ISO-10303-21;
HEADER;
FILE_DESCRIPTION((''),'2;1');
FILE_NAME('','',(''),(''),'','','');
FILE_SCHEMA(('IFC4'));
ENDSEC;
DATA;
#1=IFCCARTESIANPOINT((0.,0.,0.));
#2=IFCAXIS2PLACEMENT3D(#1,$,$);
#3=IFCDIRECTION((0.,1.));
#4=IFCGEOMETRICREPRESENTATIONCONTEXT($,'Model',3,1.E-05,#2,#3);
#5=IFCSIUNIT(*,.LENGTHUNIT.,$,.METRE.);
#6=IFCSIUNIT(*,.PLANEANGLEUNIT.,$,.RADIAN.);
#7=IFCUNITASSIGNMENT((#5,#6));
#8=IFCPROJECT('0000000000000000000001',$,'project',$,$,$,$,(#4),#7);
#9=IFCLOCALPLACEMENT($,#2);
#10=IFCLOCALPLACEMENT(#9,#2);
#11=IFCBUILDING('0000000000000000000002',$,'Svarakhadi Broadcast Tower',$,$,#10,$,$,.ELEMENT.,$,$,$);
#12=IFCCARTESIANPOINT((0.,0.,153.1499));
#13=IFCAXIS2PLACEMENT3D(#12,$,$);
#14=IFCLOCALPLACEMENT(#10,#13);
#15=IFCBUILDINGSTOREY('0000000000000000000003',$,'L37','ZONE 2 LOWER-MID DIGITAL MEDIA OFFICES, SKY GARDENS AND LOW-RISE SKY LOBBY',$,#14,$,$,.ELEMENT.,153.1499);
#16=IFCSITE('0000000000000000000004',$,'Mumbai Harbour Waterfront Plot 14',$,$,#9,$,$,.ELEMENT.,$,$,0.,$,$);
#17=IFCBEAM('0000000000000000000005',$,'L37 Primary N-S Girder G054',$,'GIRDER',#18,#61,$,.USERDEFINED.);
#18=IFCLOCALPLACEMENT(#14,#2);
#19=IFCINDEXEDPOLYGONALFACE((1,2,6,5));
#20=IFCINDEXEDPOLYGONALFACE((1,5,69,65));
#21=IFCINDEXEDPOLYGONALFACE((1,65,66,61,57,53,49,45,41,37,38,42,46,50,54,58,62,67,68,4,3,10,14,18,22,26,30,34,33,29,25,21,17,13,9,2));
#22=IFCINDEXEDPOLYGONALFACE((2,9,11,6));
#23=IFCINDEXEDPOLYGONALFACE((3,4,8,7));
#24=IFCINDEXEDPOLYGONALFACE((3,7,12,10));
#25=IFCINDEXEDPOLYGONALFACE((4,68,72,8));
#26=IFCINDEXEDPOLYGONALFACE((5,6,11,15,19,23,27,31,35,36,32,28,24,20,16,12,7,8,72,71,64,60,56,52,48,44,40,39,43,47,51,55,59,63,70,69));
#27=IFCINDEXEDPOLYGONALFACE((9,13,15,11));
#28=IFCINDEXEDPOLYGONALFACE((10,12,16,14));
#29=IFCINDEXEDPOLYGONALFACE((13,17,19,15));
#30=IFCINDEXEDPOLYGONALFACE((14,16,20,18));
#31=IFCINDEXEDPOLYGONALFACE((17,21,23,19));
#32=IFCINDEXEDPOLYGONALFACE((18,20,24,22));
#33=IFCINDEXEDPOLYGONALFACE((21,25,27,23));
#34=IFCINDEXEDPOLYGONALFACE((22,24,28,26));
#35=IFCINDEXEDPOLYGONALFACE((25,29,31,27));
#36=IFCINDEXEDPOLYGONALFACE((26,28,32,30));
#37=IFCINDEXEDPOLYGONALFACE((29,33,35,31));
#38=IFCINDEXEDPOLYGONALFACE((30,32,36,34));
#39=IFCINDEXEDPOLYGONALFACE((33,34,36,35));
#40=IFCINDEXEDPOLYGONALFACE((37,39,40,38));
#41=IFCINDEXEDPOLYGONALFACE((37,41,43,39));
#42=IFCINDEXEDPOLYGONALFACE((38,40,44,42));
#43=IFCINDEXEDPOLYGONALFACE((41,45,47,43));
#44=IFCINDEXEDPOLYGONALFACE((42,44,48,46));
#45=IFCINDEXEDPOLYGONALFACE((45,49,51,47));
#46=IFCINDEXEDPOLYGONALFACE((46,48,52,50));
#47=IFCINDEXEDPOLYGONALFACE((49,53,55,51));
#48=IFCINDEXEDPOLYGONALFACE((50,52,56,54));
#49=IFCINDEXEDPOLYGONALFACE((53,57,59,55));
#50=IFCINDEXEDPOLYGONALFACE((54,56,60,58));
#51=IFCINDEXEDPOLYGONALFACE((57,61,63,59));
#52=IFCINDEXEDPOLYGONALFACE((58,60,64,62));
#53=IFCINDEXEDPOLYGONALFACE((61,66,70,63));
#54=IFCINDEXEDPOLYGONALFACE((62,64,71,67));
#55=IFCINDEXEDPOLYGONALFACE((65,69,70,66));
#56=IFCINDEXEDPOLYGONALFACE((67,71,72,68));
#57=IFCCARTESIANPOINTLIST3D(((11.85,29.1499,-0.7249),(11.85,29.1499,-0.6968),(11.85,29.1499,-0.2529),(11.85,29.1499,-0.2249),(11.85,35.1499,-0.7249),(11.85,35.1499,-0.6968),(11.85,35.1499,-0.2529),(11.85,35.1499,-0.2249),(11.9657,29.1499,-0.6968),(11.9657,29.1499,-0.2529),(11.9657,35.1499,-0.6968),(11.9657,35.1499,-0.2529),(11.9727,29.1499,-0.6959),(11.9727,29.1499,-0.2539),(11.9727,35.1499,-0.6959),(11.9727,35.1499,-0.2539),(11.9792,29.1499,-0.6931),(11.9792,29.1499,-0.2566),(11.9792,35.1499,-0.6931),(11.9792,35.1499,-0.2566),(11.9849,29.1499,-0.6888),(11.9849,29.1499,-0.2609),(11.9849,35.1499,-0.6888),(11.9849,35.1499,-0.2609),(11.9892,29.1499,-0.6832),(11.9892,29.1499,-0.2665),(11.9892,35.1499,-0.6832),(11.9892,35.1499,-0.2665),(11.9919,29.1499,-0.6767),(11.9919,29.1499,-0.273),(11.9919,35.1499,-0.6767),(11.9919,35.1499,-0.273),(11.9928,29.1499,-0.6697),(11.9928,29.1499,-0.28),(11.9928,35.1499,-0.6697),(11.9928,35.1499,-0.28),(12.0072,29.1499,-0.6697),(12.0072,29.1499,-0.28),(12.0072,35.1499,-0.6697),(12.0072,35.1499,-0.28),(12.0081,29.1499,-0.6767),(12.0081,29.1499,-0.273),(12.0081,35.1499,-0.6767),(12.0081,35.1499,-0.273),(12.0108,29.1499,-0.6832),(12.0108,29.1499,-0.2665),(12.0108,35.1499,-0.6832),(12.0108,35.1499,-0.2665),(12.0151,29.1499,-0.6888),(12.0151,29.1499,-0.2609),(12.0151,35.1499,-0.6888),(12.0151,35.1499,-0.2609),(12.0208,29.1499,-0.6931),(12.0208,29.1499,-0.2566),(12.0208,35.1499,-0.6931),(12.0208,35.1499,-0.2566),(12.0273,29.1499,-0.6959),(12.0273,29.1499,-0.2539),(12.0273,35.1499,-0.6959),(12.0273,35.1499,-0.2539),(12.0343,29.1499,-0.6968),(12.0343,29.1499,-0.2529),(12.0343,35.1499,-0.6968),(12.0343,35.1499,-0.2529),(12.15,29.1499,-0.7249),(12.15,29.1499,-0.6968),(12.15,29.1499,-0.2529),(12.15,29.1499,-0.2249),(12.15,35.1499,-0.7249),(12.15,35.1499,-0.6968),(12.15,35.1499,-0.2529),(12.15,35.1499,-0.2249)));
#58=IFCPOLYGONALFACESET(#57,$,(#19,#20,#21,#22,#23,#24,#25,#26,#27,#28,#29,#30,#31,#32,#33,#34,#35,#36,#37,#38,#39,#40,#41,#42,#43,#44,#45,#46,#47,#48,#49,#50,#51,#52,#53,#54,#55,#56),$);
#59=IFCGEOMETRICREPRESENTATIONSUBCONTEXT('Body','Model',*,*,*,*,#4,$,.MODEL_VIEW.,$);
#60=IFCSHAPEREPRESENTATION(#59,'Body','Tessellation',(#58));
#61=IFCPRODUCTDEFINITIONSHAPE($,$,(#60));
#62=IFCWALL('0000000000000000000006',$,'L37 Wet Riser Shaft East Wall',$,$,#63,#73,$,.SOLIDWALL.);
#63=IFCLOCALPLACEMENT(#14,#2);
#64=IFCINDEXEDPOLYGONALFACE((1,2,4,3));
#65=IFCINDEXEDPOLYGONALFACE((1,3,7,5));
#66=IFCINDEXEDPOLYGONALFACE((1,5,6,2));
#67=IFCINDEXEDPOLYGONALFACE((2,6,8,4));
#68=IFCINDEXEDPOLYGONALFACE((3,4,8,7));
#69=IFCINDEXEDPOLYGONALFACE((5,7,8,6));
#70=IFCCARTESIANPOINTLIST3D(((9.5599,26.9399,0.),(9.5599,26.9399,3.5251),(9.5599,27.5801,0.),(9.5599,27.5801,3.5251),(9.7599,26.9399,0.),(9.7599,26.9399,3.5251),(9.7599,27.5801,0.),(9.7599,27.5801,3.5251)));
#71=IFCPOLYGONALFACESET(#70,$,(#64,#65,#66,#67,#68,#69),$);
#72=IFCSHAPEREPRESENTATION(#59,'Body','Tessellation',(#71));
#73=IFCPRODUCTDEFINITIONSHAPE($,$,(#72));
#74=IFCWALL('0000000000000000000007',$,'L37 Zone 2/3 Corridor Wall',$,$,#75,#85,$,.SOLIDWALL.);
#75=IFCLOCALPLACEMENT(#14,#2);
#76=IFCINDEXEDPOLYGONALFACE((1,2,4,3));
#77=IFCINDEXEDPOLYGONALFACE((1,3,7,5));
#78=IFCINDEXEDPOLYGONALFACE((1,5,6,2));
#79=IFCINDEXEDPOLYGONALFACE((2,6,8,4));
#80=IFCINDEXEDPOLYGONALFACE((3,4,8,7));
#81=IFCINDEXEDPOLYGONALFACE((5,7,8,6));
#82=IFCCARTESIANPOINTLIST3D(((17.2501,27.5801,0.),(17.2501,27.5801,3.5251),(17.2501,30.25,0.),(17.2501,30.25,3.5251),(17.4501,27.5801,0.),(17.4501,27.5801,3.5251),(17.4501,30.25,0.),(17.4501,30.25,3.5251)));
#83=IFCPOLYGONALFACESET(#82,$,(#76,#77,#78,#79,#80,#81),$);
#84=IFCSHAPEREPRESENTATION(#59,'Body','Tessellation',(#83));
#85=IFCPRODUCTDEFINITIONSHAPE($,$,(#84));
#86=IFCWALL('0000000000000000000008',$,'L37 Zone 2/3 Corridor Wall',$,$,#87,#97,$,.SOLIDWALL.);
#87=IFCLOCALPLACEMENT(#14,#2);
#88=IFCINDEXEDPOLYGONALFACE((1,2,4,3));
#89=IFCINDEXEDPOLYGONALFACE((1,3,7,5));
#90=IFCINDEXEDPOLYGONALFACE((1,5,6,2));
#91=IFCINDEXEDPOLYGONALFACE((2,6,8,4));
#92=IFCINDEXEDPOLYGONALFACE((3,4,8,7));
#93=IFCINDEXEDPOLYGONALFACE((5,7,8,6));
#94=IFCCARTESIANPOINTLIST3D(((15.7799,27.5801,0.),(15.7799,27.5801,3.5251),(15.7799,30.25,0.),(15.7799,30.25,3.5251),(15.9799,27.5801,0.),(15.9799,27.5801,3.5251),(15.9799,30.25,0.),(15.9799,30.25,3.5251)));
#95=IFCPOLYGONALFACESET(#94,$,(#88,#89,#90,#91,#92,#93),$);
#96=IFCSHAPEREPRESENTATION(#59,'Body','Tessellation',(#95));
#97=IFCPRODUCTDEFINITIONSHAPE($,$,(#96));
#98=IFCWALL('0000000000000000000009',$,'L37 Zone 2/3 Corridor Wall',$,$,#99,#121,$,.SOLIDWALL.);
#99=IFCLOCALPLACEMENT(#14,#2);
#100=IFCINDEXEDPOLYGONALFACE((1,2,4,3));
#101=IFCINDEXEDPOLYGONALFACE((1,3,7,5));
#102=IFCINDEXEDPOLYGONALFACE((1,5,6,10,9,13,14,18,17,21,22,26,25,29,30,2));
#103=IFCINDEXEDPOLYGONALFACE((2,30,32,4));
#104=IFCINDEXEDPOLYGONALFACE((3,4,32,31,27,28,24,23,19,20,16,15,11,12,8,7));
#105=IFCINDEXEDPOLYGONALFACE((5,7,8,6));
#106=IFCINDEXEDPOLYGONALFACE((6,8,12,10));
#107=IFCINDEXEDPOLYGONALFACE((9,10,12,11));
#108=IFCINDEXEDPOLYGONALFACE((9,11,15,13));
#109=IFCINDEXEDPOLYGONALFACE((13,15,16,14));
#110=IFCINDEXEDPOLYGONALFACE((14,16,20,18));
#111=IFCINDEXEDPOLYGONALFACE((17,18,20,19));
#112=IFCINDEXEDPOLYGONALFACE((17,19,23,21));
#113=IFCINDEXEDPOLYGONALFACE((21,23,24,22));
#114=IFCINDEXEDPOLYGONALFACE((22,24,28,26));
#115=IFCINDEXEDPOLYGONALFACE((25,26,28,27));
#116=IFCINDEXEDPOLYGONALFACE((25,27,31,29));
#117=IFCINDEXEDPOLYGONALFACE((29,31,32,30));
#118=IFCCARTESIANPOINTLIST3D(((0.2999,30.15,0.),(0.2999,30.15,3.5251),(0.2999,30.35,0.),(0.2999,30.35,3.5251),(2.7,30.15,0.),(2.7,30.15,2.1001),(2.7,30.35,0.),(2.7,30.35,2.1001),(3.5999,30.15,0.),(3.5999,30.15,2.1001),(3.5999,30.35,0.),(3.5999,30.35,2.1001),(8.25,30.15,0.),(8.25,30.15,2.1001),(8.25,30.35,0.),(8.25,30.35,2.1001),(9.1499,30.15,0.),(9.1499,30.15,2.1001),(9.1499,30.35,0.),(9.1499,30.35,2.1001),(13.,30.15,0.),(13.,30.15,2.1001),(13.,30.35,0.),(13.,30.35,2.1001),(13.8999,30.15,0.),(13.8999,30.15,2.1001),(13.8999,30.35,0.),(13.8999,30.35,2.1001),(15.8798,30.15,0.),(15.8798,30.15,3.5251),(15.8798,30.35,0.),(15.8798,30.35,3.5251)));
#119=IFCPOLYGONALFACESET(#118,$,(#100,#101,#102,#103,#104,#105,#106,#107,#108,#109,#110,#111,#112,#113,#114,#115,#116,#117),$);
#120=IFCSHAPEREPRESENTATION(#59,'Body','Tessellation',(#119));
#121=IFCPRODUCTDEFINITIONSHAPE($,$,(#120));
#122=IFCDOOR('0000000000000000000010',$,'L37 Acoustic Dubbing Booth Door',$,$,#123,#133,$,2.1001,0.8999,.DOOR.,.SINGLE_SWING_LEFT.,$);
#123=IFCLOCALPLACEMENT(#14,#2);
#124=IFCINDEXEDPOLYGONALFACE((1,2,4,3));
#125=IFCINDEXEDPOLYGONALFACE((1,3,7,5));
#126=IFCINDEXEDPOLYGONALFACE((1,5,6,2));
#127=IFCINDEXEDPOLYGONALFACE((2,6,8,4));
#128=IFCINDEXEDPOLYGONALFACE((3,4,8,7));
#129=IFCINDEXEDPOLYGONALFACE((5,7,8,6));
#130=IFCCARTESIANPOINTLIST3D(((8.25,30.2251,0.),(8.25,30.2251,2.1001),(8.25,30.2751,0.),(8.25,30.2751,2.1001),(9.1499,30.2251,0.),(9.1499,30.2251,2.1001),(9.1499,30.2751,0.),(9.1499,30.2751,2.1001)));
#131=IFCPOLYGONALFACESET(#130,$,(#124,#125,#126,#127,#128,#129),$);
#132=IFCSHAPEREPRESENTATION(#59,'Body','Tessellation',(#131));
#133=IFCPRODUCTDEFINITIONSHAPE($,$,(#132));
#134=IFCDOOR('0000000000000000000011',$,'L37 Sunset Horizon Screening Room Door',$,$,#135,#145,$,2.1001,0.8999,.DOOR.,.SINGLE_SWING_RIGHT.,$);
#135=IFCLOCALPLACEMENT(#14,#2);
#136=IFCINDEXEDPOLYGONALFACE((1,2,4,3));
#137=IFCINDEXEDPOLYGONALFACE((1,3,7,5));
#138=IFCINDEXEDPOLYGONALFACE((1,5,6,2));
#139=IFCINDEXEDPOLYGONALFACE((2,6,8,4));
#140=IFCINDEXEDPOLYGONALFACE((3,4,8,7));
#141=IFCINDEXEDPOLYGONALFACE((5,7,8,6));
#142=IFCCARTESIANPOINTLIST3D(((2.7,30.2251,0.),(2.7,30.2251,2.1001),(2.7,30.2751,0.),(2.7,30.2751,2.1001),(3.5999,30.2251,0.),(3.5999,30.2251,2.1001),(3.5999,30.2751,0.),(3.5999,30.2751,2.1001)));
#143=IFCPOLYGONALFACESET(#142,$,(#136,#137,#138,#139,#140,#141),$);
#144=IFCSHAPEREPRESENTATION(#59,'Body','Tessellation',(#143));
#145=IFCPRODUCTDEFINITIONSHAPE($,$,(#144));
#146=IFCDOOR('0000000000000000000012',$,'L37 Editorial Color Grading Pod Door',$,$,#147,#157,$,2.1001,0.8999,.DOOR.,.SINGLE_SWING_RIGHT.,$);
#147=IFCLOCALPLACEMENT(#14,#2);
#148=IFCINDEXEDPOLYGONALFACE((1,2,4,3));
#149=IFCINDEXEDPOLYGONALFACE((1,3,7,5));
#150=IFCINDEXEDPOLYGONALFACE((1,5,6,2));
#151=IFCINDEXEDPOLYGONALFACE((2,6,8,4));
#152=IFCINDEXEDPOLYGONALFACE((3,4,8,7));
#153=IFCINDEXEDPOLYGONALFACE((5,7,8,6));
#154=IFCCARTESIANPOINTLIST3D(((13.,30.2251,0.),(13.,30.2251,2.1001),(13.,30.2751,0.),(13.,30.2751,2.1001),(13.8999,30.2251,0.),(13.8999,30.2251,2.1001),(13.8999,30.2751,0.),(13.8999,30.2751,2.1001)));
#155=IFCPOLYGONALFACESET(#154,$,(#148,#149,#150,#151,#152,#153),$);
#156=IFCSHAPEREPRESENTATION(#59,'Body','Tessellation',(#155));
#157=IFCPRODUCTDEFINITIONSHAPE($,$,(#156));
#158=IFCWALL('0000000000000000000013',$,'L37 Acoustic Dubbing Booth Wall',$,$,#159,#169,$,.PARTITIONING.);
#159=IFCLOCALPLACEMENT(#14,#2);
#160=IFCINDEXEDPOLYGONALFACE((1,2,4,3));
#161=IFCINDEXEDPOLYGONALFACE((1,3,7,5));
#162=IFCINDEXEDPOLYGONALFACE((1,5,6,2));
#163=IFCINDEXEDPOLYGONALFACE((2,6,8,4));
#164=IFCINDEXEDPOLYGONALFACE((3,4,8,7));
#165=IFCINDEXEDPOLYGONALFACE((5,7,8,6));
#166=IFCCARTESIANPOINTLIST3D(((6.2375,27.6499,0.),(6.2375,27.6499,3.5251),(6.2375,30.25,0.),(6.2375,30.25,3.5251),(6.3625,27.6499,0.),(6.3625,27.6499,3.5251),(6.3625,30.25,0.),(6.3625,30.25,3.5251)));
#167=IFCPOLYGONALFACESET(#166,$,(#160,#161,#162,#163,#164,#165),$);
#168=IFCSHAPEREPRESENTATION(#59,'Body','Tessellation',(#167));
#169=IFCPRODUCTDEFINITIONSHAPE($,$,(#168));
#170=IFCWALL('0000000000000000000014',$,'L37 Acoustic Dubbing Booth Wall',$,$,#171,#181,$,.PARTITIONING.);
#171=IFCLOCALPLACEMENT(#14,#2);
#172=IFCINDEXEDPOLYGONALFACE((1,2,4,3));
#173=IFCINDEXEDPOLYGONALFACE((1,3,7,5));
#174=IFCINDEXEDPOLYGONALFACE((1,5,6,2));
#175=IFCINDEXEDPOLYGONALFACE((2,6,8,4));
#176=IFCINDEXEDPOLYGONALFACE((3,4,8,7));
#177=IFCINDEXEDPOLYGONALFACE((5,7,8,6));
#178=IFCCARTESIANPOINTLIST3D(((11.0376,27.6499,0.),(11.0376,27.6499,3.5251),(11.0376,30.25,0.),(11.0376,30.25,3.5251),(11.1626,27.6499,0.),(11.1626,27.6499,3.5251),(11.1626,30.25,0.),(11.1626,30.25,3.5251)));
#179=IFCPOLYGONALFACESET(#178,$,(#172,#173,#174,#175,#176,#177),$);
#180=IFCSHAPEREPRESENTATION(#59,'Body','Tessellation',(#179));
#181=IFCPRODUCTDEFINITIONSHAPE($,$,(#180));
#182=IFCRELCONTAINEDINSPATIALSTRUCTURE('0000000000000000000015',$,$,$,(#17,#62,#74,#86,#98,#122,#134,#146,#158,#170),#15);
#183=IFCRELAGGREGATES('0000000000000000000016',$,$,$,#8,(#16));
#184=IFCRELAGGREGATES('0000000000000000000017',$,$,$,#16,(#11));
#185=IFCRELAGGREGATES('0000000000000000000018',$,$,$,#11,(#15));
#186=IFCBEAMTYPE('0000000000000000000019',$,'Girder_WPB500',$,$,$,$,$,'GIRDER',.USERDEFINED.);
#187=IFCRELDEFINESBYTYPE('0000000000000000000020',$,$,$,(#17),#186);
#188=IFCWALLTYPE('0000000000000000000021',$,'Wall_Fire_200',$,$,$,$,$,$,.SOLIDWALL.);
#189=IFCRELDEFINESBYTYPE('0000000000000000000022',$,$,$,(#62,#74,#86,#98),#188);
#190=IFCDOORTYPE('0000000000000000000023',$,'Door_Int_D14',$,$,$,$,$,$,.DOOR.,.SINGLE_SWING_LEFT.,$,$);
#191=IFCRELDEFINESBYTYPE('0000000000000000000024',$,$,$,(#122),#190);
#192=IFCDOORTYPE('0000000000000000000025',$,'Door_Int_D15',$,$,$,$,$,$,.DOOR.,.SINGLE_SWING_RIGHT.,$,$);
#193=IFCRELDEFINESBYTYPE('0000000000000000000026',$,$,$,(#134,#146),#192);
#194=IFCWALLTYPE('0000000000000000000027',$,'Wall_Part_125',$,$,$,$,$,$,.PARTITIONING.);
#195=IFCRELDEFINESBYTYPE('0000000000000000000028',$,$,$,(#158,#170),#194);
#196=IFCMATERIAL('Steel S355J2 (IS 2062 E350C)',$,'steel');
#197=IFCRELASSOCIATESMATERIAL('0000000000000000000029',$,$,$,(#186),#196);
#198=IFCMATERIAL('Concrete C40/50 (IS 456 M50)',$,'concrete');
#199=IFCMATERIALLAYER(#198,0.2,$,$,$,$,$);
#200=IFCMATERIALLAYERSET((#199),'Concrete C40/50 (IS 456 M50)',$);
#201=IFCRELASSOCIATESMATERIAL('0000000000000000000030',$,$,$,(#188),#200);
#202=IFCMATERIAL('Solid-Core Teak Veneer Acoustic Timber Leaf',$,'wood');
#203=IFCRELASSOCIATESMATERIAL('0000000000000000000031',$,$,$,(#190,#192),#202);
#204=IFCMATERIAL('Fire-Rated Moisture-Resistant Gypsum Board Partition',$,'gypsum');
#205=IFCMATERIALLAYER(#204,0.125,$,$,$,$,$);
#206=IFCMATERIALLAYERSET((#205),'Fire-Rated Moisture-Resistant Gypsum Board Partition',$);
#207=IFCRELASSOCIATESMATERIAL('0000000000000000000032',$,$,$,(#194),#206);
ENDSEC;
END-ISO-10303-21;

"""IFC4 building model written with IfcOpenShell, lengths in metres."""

from ifc_helpers import new_model, si_unit, direction, frame, frame_2d, origin, origin_2d, place, context, subcontext, project, spatial, rectangle, i_section, extrude, material, layer, layer_set, material_profile, profile_set, type_object, element, fill, save


model = new_model("IFC4")

# Units and contexts
model_context = context("Model", 3, precision=1e-05, world=origin(), true_north=direction((0.0, 1.0)))
body_context = subcontext(model_context, "Body", "Model", "MODEL_VIEW")
ifc_project = project(units=[si_unit("LENGTHUNIT", "METRE"), si_unit("PLANEANGLEUNIT", "RADIAN")], contexts=[model_context])

# Site, building, storey
site_placement = place(None, origin())
site = spatial("IfcSite", under=ifc_project, at=site_placement, Name="Mumbai Harbour Waterfront Plot 14", CompositionType="ELEMENT", RefElevation=0.0)
building_placement = place(site_placement, origin())
building = spatial("IfcBuilding", under=site, at=building_placement, Name="Svarakhadi Broadcast Tower", CompositionType="ELEMENT")
storey_placement = place(building_placement, frame((0.0, 0.0, 153.1499)))
storey = spatial("IfcBuildingStorey", under=building, at=storey_placement, Name="L37", Description="ZONE 2 LOWER-MID DIGITAL MEDIA OFFICES, SKY GARDENS AND LOW-RISE SKY LOBBY", CompositionType="ELEMENT", Elevation=153.1499)

# Beam
ifc_material_1 = material(Name="Steel S355J2 (IS 2062 E350C)", Category="steel")
ifc_material_profile_1 = material_profile(ifc_material_1, i_section(OverallWidth=0.3, OverallDepth=0.5, WebThickness=0.0144, FlangeThickness=0.0281, FilletRadius=0.0271, at=origin_2d()), Name="WPB 500x300x187")
ifc_profile_set_1 = profile_set([ifc_material_profile_1], Name="Steel S355J2 (IS 2062 E350C)")
beam_type_1 = type_object("IfcBeamType", Name="Girder_WPB500", ElementType="GIRDER", PredefinedType="USERDEFINED", material=ifc_profile_set_1)
for number, where, z_axis, x_axis, name in (
    (1, (12.0, 29.1499, -0.4749), (0.0, 1.0, 0.0), (-1.0, 0.0, 0.0), "L37 Primary N-S Girder G054"),
):
    element("IfcBeam", number, at=place(storey_placement, frame(where, z_axis=z_axis, x_axis=x_axis)), inside=storey, type_object=beam_type_1, Name=name, ObjectType="GIRDER", PredefinedType="USERDEFINED", context=body_context, shape_type="SweptSolid", body=[
        extrude(i_section(OverallWidth=0.3, OverallDepth=0.5, WebThickness=0.0144, FlangeThickness=0.0281, FilletRadius=0.0271, at=origin_2d()), origin(), (0.0, 0.0, 1.0), 6.0),
    ])

# Walls
ifc_material_2 = material(Name="Concrete C40/50 (IS 456 M50)", Category="concrete")
ifc_layer_1 = layer(ifc_material_2, 0.2)
ifc_layer_set_1 = layer_set([ifc_layer_1], Name="Concrete C40/50 (IS 456 M50)")
wall_type_1 = type_object("IfcWallType", Name="Wall_Fire_200", PredefinedType="SOLIDWALL", material=ifc_layer_set_1)
wall_1_placement = place(storey_placement, frame((9.6599, 26.9399, 0.0), z_axis=(0.0, 0.0, 1.0), x_axis=(0.0, 1.0, 0.0)))
element("IfcWall", 2, at=wall_1_placement, inside=storey, type_object=wall_type_1, Name="L37 Wet Riser Shaft East Wall", PredefinedType="SOLIDWALL", context=body_context, shape_type="SweptSolid", body=[
    extrude(rectangle(XDim=0.6401, YDim=0.2, at=frame_2d((0.3201, 0.0))), origin(), (0.0, 0.0, 1.0), 3.5251),
])
for number, where, z_axis, x_axis, name in (
    (3, (17.3501, 30.25, 0.0), (0.0, 0.0, 1.0), (0.0, -1.0, 0.0), "L37 Zone 2/3 Corridor Wall"),
    (4, (15.8799, 27.5801, 0.0), (0.0, 0.0, 1.0), (0.0, 1.0, 0.0), "L37 Zone 2/3 Corridor Wall"),
):
    element("IfcWall", number, at=place(storey_placement, frame(where, z_axis=z_axis, x_axis=x_axis)), inside=storey, type_object=wall_type_1, Name=name, PredefinedType="SOLIDWALL", context=body_context, shape_type="SweptSolid", body=[
        extrude(rectangle(XDim=2.6699, YDim=0.2, at=frame_2d((1.335, 0.0))), origin(), (0.0, 0.0, 1.0), 3.5251),
    ])

# Wall, openings, doors
wall_2_placement = place(storey_placement, frame((15.8799, 30.25, 0.0), z_axis=(0.0, 0.0, 1.0), x_axis=(-1.0, 0.0, 0.0)))
wall_2 = element("IfcWall", 5, at=wall_2_placement, inside=storey, type_object=wall_type_1, Name="L37 Zone 2/3 Corridor Wall", PredefinedType="SOLIDWALL", context=body_context, shape_type="SweptSolid", body=[
    extrude(rectangle(XDim=15.5798, YDim=0.2, at=frame_2d((7.79, 0.0))), origin(), (0.0, 0.0, 1.0), 3.5251),
])
opening_1_placement = place(wall_2_placement, frame((12.28, 0.0, 0.0)))
opening_1 = element("IfcOpeningElement", 6, at=opening_1_placement, cuts=wall_2, PredefinedType="OPENING", context=body_context, shape_type="SweptSolid", body=[
    extrude(rectangle(XDim=0.8999, YDim=2.1001, at=frame_2d((0.45, 1.05))), frame((0.0, 0.1099, 0.0), z_axis=(0.0, -1.0, 0.0), x_axis=(1.0, 0.0, 0.0)), (0.0, 0.0, 1.0), 0.22),
])
opening_2_placement = place(wall_2_placement, frame((6.73, 0.0, 0.0)))
opening_2 = element("IfcOpeningElement", 7, at=opening_2_placement, cuts=wall_2, PredefinedType="OPENING", context=body_context, shape_type="SweptSolid", body=[
    extrude(rectangle(XDim=0.8999, YDim=2.1001, at=frame_2d((0.45, 1.05))), frame((0.0, 0.1099, 0.0), z_axis=(0.0, -1.0, 0.0), x_axis=(1.0, 0.0, 0.0)), (0.0, 0.0, 1.0), 0.22),
])
opening_3_placement = place(wall_2_placement, frame((1.98, 0.0, 0.0)))
opening_3 = element("IfcOpeningElement", 8, at=opening_3_placement, cuts=wall_2, PredefinedType="OPENING", context=body_context, shape_type="SweptSolid", body=[
    extrude(rectangle(XDim=0.8999, YDim=2.1001, at=frame_2d((0.45, 1.05))), frame((0.0, 0.1099, 0.0), z_axis=(0.0, -1.0, 0.0), x_axis=(1.0, 0.0, 0.0)), (0.0, 0.0, 1.0), 0.22),
])
ifc_material_3 = material(Name="Solid-Core Teak Veneer Acoustic Timber Leaf", Category="wood")
door_type_1 = type_object("IfcDoorType", Name="Door_Int_D14", OperationType="SINGLE_SWING_LEFT", PredefinedType="DOOR", material=ifc_material_3)
door_1_placement = place(opening_2_placement, origin())
door_1 = element("IfcDoor", 9, at=door_1_placement, inside=storey, type_object=door_type_1, Name="L37 Acoustic Dubbing Booth Door", OperationType="SINGLE_SWING_LEFT", OverallHeight=2.1001, OverallWidth=0.8999, PredefinedType="DOOR", context=body_context, shape_type="SweptSolid", body=[
    extrude(rectangle(XDim=0.8999, YDim=2.1001, at=frame_2d((0.45, 1.05))), frame((0.0, 0.0249, 0.0), z_axis=(0.0, -1.0, 0.0), x_axis=(1.0, 0.0, 0.0)), (0.0, 0.0, 1.0), 0.05),
])
fill(opening_2, door_1)
door_type_2 = type_object("IfcDoorType", Name="Door_Int_D15", OperationType="SINGLE_SWING_RIGHT", PredefinedType="DOOR", material=ifc_material_3)
door_2_placement = place(opening_1_placement, origin())
door_2 = element("IfcDoor", 10, at=door_2_placement, inside=storey, type_object=door_type_2, Name="L37 Sunset Horizon Screening Room Door", OperationType="SINGLE_SWING_RIGHT", OverallHeight=2.1001, OverallWidth=0.8999, PredefinedType="DOOR", context=body_context, shape_type="SweptSolid", body=[
    extrude(rectangle(XDim=0.8999, YDim=2.1001, at=frame_2d((0.45, 1.05))), frame((0.0, 0.0249, 0.0), z_axis=(0.0, -1.0, 0.0), x_axis=(1.0, 0.0, 0.0)), (0.0, 0.0, 1.0), 0.05),
])
fill(opening_1, door_2)
door_3_placement = place(opening_3_placement, origin())
door_3 = element("IfcDoor", 11, at=door_3_placement, inside=storey, type_object=door_type_2, Name="L37 Editorial Color Grading Pod Door", OperationType="SINGLE_SWING_RIGHT", OverallHeight=2.1001, OverallWidth=0.8999, PredefinedType="DOOR", context=body_context, shape_type="SweptSolid", body=[
    extrude(rectangle(XDim=0.8999, YDim=2.1001, at=frame_2d((0.45, 1.05))), frame((0.0, 0.0249, 0.0), z_axis=(0.0, -1.0, 0.0), x_axis=(1.0, 0.0, 0.0)), (0.0, 0.0, 1.0), 0.05),
])
fill(opening_3, door_3)

# Walls
ifc_material_4 = material(Name="Fire-Rated Moisture-Resistant Gypsum Board Partition", Category="gypsum")
ifc_layer_2 = layer(ifc_material_4, 0.125)
ifc_layer_set_2 = layer_set([ifc_layer_2], Name="Fire-Rated Moisture-Resistant Gypsum Board Partition")
wall_type_2 = type_object("IfcWallType", Name="Wall_Part_125", PredefinedType="PARTITIONING", material=ifc_layer_set_2)
for number, where, z_axis, x_axis, name in (
    (12, (6.3, 27.6499, 0.0), (0.0, 0.0, 1.0), (0.0, 1.0, 0.0), "L37 Acoustic Dubbing Booth Wall"),
    (13, (11.1001, 27.6499, 0.0), (0.0, 0.0, 1.0), (0.0, 1.0, 0.0), "L37 Acoustic Dubbing Booth Wall"),
):
    element("IfcWall", number, at=place(storey_placement, frame(where, z_axis=z_axis, x_axis=x_axis)), inside=storey, type_object=wall_type_2, Name=name, PredefinedType="PARTITIONING", context=body_context, shape_type="SweptSolid", body=[
        extrude(rectangle(XDim=2.6001, YDim=0.125, at=frame_2d((1.3, 0.0))), origin(), (0.0, 0.0, 1.0), 3.5251),
    ])

save(model, "model.ifc")
